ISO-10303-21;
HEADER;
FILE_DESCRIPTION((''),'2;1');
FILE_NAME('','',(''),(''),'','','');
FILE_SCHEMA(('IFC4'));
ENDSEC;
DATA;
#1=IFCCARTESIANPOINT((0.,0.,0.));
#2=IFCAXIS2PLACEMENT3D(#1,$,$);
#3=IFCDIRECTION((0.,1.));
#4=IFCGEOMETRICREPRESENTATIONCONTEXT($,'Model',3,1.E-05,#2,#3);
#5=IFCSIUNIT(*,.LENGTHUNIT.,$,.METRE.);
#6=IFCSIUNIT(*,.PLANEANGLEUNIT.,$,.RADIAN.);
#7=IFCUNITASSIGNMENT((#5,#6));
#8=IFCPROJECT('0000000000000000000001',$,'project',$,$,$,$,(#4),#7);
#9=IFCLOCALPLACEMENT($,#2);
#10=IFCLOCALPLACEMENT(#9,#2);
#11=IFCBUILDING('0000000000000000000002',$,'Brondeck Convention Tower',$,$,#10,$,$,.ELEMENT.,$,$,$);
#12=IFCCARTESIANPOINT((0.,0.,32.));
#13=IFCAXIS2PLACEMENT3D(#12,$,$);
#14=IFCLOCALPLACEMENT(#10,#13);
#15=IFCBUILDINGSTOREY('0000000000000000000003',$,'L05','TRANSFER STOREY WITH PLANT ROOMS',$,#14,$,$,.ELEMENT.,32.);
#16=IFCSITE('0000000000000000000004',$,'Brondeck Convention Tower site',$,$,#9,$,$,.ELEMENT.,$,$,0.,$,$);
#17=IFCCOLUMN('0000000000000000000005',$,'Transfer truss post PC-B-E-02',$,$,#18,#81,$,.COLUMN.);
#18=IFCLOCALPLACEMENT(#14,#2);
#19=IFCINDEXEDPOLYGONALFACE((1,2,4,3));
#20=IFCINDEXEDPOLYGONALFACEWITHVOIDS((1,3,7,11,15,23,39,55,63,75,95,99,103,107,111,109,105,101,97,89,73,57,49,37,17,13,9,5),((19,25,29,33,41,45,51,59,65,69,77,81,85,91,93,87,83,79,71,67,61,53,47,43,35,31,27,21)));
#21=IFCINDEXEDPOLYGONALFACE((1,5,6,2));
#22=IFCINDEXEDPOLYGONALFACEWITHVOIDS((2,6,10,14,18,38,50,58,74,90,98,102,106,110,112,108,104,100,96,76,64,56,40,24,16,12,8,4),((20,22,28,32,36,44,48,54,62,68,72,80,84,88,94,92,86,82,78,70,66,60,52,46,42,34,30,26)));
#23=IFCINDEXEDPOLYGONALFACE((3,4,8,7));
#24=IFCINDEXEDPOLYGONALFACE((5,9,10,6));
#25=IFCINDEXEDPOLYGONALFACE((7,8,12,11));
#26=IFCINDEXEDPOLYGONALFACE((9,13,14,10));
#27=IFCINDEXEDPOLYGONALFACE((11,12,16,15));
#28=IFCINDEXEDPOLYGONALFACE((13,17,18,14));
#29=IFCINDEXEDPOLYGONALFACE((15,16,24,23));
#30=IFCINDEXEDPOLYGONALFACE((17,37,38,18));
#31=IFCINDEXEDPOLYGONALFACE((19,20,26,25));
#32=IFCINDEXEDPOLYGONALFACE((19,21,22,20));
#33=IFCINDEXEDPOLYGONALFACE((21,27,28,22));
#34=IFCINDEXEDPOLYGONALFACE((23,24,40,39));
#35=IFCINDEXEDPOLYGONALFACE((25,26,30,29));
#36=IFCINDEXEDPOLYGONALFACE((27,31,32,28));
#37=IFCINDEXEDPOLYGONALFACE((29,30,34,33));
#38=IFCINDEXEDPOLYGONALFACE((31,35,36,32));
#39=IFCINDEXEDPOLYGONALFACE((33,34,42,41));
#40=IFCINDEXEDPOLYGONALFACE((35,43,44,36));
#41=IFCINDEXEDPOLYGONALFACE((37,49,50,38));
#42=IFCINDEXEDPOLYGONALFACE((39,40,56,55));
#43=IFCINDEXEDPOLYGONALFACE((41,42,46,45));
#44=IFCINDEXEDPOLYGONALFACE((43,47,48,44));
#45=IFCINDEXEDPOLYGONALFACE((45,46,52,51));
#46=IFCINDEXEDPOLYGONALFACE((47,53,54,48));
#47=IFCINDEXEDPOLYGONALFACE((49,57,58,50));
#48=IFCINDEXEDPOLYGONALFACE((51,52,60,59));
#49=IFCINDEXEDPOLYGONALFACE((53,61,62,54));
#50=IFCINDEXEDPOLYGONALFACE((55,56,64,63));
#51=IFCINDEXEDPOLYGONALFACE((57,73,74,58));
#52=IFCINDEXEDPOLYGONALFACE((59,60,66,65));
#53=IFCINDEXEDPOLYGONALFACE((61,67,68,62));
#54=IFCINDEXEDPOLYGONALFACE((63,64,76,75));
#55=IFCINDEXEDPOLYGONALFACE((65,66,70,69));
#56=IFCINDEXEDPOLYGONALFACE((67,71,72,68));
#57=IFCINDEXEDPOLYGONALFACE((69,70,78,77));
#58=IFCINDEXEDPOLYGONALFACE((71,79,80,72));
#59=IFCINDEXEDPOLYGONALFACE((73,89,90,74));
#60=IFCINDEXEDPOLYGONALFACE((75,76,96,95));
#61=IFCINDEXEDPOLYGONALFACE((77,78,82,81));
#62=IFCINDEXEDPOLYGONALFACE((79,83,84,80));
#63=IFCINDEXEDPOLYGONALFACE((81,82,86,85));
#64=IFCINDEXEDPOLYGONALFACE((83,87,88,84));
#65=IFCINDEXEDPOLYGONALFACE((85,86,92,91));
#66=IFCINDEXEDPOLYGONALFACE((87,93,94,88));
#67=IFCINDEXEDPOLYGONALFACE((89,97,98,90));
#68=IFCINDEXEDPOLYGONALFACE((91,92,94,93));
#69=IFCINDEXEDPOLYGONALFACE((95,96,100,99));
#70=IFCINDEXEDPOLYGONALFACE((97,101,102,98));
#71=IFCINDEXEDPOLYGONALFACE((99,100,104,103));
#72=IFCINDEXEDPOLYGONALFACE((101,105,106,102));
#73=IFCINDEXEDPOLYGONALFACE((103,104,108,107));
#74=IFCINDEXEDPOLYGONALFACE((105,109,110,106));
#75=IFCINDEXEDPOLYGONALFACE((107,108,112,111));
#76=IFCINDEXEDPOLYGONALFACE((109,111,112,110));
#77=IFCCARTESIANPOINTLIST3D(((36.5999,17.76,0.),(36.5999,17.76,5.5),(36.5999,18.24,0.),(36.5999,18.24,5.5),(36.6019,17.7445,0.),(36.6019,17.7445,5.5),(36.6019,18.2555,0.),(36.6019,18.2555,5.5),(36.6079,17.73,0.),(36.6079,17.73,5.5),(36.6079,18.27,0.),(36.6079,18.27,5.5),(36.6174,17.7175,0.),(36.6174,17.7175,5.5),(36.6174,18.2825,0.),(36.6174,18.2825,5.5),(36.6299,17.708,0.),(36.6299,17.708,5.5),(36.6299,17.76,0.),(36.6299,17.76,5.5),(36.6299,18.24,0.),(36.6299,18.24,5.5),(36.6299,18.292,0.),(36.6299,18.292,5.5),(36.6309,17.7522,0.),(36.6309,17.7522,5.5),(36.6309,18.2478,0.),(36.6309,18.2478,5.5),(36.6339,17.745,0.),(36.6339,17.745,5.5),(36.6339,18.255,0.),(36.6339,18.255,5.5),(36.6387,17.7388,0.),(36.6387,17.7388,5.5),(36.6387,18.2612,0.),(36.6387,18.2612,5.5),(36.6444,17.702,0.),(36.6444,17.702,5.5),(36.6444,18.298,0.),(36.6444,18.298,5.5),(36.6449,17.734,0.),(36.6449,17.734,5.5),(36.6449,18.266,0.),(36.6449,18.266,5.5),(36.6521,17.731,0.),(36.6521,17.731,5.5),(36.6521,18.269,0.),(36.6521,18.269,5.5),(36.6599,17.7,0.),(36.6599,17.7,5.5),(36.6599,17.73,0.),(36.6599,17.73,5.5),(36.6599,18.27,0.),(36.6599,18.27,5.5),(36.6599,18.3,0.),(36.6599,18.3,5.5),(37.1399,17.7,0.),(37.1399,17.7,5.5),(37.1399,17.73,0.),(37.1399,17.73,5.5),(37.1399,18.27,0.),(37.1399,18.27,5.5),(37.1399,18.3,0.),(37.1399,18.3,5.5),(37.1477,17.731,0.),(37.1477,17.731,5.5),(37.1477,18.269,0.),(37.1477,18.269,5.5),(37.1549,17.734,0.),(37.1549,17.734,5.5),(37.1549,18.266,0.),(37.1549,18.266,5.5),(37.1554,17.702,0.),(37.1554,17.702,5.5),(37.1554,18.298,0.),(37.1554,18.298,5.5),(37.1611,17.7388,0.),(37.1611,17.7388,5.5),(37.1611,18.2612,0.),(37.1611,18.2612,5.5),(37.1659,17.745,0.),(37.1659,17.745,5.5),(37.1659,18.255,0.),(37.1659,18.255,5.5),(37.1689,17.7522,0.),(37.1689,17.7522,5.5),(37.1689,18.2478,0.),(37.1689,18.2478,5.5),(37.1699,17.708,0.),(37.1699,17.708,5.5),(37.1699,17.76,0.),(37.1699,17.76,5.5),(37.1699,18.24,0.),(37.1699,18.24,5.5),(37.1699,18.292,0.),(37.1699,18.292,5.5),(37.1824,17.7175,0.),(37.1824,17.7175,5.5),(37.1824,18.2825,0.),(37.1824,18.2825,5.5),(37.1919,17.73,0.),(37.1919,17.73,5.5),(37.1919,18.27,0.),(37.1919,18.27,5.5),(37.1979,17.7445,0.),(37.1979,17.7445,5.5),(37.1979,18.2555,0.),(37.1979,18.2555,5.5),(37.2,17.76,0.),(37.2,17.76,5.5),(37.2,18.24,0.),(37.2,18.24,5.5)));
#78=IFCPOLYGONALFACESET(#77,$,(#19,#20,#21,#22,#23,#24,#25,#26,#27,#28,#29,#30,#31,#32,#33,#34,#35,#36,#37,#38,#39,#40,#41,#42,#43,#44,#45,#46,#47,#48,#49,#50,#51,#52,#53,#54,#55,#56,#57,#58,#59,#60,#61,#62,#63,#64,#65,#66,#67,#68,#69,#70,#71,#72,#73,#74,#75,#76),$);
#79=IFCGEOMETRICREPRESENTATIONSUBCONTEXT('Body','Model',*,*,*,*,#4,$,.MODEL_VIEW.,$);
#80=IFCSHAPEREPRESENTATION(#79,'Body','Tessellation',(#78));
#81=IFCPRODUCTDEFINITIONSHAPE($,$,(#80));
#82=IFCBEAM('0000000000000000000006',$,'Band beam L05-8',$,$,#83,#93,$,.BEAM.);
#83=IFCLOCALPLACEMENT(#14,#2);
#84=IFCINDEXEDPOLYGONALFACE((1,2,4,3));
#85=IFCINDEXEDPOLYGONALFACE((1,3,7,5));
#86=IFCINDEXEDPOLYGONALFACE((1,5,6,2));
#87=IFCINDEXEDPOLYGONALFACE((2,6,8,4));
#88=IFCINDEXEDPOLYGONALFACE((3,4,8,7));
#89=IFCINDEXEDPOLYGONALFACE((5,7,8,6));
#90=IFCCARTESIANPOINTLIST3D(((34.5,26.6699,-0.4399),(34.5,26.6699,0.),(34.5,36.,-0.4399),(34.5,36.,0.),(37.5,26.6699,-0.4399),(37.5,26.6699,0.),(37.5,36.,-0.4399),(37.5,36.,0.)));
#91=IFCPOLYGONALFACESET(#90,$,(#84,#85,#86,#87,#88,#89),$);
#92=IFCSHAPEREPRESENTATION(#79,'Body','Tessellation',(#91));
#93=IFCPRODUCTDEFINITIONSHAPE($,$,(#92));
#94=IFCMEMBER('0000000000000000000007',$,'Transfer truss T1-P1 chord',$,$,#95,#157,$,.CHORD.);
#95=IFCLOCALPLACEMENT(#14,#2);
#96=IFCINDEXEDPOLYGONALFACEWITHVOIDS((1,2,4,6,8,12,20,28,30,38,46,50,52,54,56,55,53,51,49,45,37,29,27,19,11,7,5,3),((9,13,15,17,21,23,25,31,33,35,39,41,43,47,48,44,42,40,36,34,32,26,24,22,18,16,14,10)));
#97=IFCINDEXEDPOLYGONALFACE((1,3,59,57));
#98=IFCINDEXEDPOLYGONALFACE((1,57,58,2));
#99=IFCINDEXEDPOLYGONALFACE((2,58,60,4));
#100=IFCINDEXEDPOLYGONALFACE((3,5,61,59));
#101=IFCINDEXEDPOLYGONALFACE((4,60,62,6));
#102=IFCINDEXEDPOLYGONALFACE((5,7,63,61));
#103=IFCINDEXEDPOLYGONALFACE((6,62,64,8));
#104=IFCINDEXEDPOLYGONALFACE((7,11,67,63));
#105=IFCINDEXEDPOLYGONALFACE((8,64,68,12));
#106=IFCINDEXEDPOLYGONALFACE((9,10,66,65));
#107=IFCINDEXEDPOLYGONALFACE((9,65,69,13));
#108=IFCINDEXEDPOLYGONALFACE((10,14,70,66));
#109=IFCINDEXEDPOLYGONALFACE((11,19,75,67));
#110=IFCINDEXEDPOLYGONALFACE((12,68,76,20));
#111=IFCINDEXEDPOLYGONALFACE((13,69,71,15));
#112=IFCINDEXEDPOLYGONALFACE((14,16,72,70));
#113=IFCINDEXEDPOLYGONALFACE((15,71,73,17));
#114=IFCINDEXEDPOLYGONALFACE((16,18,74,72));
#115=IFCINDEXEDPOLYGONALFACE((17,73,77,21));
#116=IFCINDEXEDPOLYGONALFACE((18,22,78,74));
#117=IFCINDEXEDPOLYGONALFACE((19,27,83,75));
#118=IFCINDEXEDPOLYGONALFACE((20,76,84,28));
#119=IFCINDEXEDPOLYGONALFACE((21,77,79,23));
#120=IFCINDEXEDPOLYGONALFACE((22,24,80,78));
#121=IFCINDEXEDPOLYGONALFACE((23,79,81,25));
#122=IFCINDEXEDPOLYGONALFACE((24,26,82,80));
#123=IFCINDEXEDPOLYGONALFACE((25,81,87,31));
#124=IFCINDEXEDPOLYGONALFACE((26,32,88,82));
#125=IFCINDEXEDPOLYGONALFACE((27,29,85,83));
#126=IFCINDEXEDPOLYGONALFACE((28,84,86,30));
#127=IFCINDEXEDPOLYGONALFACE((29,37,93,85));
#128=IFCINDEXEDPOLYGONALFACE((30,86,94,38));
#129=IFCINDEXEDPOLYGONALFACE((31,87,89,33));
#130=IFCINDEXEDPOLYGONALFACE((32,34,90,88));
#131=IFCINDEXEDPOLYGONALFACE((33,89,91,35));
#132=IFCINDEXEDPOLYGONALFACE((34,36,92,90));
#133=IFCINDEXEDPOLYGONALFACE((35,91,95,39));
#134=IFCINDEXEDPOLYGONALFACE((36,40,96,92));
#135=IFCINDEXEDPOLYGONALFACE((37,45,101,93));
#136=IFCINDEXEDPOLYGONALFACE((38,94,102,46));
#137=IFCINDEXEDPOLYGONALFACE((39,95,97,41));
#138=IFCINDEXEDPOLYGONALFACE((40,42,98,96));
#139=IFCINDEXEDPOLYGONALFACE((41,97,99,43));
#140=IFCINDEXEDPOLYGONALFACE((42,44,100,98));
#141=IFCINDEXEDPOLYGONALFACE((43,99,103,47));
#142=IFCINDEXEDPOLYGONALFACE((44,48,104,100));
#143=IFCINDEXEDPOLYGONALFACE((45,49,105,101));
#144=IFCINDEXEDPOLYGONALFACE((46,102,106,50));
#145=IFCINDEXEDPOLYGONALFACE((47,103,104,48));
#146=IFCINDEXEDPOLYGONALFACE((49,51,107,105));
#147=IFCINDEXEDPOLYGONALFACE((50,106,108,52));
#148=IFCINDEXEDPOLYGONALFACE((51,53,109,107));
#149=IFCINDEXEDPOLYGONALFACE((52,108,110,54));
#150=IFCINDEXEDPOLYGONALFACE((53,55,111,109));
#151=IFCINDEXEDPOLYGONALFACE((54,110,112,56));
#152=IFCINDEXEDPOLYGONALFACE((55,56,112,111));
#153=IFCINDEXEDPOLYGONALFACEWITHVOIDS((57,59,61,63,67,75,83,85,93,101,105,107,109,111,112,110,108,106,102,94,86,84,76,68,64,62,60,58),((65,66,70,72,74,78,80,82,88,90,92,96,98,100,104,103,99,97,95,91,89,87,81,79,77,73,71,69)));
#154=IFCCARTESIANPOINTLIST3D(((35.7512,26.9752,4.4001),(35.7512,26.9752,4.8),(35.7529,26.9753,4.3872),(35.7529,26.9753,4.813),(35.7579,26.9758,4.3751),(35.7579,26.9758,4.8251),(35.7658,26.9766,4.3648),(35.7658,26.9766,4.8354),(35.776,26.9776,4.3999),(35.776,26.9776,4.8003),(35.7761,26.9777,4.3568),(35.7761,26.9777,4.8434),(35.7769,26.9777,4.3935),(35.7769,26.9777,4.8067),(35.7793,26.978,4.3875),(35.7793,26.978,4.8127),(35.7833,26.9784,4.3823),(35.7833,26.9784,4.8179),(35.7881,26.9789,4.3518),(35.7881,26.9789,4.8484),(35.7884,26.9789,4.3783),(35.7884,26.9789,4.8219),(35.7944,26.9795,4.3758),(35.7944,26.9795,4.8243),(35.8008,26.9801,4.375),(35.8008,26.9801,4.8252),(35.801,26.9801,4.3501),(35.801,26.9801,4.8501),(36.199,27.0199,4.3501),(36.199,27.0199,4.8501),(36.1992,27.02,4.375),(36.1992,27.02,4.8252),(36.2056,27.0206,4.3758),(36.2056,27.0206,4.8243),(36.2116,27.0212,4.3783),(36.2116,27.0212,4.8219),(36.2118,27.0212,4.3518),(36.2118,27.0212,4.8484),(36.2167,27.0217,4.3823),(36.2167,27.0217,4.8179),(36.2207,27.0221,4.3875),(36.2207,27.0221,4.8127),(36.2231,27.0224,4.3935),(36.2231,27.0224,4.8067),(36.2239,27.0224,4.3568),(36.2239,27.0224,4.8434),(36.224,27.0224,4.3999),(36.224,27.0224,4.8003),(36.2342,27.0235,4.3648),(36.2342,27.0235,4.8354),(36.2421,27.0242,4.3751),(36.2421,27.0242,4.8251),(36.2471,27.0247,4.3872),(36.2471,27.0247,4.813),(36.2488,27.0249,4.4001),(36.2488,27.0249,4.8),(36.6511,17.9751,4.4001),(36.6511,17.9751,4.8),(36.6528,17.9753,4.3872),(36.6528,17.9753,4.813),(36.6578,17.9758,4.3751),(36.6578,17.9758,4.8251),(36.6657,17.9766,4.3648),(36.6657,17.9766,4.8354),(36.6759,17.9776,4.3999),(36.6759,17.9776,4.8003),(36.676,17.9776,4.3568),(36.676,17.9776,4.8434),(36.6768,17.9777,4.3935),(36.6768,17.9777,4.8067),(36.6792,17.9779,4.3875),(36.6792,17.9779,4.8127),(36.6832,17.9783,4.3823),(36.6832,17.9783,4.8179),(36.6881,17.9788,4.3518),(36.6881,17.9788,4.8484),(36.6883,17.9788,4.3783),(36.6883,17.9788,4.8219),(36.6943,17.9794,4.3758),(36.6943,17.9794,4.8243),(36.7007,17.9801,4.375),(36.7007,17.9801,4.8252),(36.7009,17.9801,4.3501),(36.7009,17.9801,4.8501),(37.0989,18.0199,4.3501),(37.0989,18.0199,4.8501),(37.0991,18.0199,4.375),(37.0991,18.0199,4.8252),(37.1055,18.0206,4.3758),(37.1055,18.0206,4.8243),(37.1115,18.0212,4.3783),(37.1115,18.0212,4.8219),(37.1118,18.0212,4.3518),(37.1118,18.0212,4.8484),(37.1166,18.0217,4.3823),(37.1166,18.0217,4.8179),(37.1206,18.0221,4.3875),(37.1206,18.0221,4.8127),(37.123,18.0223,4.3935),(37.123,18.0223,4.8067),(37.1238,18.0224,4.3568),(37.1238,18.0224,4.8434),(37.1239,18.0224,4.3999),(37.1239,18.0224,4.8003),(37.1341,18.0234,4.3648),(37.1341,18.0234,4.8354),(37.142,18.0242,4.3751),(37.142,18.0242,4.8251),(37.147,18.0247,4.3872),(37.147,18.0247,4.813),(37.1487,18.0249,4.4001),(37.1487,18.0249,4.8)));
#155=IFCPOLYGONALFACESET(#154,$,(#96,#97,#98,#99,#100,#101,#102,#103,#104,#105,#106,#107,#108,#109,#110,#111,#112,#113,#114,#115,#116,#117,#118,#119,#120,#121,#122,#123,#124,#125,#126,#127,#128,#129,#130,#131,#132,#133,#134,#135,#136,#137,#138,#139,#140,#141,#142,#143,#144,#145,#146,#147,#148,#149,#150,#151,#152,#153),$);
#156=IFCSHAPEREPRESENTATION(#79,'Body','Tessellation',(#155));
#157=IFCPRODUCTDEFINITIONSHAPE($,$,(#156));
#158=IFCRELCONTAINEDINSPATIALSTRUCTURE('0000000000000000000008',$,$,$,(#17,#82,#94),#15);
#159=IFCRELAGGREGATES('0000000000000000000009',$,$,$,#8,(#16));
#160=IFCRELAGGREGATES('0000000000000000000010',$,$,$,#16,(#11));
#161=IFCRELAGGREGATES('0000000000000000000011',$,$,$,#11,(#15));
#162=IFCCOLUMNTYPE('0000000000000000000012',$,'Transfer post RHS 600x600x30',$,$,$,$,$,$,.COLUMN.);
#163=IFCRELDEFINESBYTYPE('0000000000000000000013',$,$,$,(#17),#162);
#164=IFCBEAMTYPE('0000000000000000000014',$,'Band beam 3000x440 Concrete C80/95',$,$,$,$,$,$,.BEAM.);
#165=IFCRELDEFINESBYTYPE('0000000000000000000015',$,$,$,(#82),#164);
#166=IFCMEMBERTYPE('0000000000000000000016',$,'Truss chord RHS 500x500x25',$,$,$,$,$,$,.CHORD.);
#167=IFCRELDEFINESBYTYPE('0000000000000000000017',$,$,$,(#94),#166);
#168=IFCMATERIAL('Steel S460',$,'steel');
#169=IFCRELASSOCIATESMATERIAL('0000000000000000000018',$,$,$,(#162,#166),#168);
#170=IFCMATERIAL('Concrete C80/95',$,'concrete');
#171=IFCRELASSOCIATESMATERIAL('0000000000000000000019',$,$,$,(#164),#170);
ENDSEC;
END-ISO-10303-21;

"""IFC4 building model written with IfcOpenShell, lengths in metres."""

from ifc_helpers import new_model, si_unit, direction, frame, origin, origin_2d, place, context, subcontext, project, spatial, rectangle, hollow_rectangle, extrude, material, material_profile, profile_set, type_object, element, save


model = new_model("IFC4")

# Units and contexts
model_context = context("Model", 3, precision=1e-05, world=origin(), true_north=direction((0.0, 1.0)))
body_context = subcontext(model_context, "Body", "Model", "MODEL_VIEW")
ifc_project = project(units=[si_unit("LENGTHUNIT", "METRE"), si_unit("PLANEANGLEUNIT", "RADIAN")], contexts=[model_context])

# Site, building, storey
site_placement = place(None, origin())
site = spatial("IfcSite", under=ifc_project, at=site_placement, Name="Brondeck Convention Tower site", CompositionType="ELEMENT", RefElevation=0.0)
building_placement = place(site_placement, origin())
building = spatial("IfcBuilding", under=site, at=building_placement, Name="Brondeck Convention Tower", CompositionType="ELEMENT")
storey_placement = place(building_placement, frame((0.0, 0.0, 32.0)))
storey = spatial("IfcBuildingStorey", under=building, at=storey_placement, Name="L05", Description="TRANSFER STOREY WITH PLANT ROOMS", CompositionType="ELEMENT", Elevation=32.0)

# Column
ifc_material_1 = material(Name="Steel S460", Category="steel")
ifc_material_profile_1 = material_profile(ifc_material_1, hollow_rectangle(XDim=0.6001, YDim=0.6001, WallThickness=0.03, InnerFilletRadius=0.03, OuterFilletRadius=0.0601, at=origin_2d()), Name="RHS 600x600x30")
ifc_profile_set_1 = profile_set([ifc_material_profile_1], Name="Steel S460")
column_type = type_object("IfcColumnType", Name="Transfer post RHS 600x600x30", PredefinedType="COLUMN", material=ifc_profile_set_1)
for number, where, z_axis, x_axis, name in (
    (1, (36.8999, 18.0, 0.0), (0.0, 0.0, 1.0), (1.0, 0.0, 0.0), "Transfer truss post PC-B-E-02"),
):
    element("IfcColumn", number, at=place(storey_placement, frame(where, z_axis=z_axis, x_axis=x_axis)), inside=storey, type_object=column_type, Name=name, PredefinedType="COLUMN", context=body_context, shape_type="SweptSolid", body=[
        extrude(hollow_rectangle(XDim=0.6001, YDim=0.6001, WallThickness=0.03, InnerFilletRadius=0.03, OuterFilletRadius=0.0601, at=origin_2d()), origin(), (0.0, 0.0, 1.0), 5.5),
    ])

# Beam
ifc_material_2 = material(Name="Concrete C80/95", Category="concrete")
ifc_material_profile_2 = material_profile(ifc_material_2, rectangle(XDim=3.0, YDim=0.4399, at=origin_2d()), Name="Band beam 3000x440 Concrete C80/95")
ifc_profile_set_2 = profile_set([ifc_material_profile_2], Name="Concrete C80/95")
beam_type = type_object("IfcBeamType", Name="Band beam 3000x440 Concrete C80/95", PredefinedType="BEAM", material=ifc_profile_set_2)
beam_placement = place(storey_placement, frame((36.0, 26.6699, -0.22), z_axis=(0.0, 1.0, 0.0), x_axis=(-1.0, 0.0, 0.0)))
element("IfcBeam", 2, at=beam_placement, inside=storey, type_object=beam_type, Name="Band beam L05-8", PredefinedType="BEAM", context=body_context, shape_type="SweptSolid", body=[
    extrude(rectangle(XDim=3.0, YDim=0.4399, at=origin_2d()), origin(), (0.0, 0.0, 1.0), 9.3301),
])

# Member
ifc_material_profile_3 = material_profile(ifc_material_1, hollow_rectangle(XDim=0.5, YDim=0.5, WallThickness=0.0249, InnerFilletRadius=0.0249, OuterFilletRadius=0.05, at=origin_2d()), Name="RHS 500x500x25")
ifc_profile_set_3 = profile_set([ifc_material_profile_3], Name="Steel S460")
member_type_1 = type_object("IfcMemberType", Name="Truss chord RHS 500x500x25", PredefinedType="CHORD", material=ifc_profile_set_3)
for number, where, z_axis, x_axis, name in (
    (3, (36.8999, 18.0, 4.6001), (-0.099493, 0.995038, 0.0), (-0.995038, -0.099493, 0.0), "Transfer truss T1-P1 chord"),
):
    element("IfcMember", number, at=place(storey_placement, frame(where, z_axis=z_axis, x_axis=x_axis)), inside=storey, type_object=member_type_1, Name=name, PredefinedType="CHORD", context=body_context, shape_type="SweptSolid", body=[
        extrude(hollow_rectangle(XDim=0.5, YDim=0.5, WallThickness=0.0249, InnerFilletRadius=0.0249, OuterFilletRadius=0.05, at=origin_2d()), origin(), (0.0, 0.0, 1.0), 9.0449),
    ])

save(model, "model.ifc")
